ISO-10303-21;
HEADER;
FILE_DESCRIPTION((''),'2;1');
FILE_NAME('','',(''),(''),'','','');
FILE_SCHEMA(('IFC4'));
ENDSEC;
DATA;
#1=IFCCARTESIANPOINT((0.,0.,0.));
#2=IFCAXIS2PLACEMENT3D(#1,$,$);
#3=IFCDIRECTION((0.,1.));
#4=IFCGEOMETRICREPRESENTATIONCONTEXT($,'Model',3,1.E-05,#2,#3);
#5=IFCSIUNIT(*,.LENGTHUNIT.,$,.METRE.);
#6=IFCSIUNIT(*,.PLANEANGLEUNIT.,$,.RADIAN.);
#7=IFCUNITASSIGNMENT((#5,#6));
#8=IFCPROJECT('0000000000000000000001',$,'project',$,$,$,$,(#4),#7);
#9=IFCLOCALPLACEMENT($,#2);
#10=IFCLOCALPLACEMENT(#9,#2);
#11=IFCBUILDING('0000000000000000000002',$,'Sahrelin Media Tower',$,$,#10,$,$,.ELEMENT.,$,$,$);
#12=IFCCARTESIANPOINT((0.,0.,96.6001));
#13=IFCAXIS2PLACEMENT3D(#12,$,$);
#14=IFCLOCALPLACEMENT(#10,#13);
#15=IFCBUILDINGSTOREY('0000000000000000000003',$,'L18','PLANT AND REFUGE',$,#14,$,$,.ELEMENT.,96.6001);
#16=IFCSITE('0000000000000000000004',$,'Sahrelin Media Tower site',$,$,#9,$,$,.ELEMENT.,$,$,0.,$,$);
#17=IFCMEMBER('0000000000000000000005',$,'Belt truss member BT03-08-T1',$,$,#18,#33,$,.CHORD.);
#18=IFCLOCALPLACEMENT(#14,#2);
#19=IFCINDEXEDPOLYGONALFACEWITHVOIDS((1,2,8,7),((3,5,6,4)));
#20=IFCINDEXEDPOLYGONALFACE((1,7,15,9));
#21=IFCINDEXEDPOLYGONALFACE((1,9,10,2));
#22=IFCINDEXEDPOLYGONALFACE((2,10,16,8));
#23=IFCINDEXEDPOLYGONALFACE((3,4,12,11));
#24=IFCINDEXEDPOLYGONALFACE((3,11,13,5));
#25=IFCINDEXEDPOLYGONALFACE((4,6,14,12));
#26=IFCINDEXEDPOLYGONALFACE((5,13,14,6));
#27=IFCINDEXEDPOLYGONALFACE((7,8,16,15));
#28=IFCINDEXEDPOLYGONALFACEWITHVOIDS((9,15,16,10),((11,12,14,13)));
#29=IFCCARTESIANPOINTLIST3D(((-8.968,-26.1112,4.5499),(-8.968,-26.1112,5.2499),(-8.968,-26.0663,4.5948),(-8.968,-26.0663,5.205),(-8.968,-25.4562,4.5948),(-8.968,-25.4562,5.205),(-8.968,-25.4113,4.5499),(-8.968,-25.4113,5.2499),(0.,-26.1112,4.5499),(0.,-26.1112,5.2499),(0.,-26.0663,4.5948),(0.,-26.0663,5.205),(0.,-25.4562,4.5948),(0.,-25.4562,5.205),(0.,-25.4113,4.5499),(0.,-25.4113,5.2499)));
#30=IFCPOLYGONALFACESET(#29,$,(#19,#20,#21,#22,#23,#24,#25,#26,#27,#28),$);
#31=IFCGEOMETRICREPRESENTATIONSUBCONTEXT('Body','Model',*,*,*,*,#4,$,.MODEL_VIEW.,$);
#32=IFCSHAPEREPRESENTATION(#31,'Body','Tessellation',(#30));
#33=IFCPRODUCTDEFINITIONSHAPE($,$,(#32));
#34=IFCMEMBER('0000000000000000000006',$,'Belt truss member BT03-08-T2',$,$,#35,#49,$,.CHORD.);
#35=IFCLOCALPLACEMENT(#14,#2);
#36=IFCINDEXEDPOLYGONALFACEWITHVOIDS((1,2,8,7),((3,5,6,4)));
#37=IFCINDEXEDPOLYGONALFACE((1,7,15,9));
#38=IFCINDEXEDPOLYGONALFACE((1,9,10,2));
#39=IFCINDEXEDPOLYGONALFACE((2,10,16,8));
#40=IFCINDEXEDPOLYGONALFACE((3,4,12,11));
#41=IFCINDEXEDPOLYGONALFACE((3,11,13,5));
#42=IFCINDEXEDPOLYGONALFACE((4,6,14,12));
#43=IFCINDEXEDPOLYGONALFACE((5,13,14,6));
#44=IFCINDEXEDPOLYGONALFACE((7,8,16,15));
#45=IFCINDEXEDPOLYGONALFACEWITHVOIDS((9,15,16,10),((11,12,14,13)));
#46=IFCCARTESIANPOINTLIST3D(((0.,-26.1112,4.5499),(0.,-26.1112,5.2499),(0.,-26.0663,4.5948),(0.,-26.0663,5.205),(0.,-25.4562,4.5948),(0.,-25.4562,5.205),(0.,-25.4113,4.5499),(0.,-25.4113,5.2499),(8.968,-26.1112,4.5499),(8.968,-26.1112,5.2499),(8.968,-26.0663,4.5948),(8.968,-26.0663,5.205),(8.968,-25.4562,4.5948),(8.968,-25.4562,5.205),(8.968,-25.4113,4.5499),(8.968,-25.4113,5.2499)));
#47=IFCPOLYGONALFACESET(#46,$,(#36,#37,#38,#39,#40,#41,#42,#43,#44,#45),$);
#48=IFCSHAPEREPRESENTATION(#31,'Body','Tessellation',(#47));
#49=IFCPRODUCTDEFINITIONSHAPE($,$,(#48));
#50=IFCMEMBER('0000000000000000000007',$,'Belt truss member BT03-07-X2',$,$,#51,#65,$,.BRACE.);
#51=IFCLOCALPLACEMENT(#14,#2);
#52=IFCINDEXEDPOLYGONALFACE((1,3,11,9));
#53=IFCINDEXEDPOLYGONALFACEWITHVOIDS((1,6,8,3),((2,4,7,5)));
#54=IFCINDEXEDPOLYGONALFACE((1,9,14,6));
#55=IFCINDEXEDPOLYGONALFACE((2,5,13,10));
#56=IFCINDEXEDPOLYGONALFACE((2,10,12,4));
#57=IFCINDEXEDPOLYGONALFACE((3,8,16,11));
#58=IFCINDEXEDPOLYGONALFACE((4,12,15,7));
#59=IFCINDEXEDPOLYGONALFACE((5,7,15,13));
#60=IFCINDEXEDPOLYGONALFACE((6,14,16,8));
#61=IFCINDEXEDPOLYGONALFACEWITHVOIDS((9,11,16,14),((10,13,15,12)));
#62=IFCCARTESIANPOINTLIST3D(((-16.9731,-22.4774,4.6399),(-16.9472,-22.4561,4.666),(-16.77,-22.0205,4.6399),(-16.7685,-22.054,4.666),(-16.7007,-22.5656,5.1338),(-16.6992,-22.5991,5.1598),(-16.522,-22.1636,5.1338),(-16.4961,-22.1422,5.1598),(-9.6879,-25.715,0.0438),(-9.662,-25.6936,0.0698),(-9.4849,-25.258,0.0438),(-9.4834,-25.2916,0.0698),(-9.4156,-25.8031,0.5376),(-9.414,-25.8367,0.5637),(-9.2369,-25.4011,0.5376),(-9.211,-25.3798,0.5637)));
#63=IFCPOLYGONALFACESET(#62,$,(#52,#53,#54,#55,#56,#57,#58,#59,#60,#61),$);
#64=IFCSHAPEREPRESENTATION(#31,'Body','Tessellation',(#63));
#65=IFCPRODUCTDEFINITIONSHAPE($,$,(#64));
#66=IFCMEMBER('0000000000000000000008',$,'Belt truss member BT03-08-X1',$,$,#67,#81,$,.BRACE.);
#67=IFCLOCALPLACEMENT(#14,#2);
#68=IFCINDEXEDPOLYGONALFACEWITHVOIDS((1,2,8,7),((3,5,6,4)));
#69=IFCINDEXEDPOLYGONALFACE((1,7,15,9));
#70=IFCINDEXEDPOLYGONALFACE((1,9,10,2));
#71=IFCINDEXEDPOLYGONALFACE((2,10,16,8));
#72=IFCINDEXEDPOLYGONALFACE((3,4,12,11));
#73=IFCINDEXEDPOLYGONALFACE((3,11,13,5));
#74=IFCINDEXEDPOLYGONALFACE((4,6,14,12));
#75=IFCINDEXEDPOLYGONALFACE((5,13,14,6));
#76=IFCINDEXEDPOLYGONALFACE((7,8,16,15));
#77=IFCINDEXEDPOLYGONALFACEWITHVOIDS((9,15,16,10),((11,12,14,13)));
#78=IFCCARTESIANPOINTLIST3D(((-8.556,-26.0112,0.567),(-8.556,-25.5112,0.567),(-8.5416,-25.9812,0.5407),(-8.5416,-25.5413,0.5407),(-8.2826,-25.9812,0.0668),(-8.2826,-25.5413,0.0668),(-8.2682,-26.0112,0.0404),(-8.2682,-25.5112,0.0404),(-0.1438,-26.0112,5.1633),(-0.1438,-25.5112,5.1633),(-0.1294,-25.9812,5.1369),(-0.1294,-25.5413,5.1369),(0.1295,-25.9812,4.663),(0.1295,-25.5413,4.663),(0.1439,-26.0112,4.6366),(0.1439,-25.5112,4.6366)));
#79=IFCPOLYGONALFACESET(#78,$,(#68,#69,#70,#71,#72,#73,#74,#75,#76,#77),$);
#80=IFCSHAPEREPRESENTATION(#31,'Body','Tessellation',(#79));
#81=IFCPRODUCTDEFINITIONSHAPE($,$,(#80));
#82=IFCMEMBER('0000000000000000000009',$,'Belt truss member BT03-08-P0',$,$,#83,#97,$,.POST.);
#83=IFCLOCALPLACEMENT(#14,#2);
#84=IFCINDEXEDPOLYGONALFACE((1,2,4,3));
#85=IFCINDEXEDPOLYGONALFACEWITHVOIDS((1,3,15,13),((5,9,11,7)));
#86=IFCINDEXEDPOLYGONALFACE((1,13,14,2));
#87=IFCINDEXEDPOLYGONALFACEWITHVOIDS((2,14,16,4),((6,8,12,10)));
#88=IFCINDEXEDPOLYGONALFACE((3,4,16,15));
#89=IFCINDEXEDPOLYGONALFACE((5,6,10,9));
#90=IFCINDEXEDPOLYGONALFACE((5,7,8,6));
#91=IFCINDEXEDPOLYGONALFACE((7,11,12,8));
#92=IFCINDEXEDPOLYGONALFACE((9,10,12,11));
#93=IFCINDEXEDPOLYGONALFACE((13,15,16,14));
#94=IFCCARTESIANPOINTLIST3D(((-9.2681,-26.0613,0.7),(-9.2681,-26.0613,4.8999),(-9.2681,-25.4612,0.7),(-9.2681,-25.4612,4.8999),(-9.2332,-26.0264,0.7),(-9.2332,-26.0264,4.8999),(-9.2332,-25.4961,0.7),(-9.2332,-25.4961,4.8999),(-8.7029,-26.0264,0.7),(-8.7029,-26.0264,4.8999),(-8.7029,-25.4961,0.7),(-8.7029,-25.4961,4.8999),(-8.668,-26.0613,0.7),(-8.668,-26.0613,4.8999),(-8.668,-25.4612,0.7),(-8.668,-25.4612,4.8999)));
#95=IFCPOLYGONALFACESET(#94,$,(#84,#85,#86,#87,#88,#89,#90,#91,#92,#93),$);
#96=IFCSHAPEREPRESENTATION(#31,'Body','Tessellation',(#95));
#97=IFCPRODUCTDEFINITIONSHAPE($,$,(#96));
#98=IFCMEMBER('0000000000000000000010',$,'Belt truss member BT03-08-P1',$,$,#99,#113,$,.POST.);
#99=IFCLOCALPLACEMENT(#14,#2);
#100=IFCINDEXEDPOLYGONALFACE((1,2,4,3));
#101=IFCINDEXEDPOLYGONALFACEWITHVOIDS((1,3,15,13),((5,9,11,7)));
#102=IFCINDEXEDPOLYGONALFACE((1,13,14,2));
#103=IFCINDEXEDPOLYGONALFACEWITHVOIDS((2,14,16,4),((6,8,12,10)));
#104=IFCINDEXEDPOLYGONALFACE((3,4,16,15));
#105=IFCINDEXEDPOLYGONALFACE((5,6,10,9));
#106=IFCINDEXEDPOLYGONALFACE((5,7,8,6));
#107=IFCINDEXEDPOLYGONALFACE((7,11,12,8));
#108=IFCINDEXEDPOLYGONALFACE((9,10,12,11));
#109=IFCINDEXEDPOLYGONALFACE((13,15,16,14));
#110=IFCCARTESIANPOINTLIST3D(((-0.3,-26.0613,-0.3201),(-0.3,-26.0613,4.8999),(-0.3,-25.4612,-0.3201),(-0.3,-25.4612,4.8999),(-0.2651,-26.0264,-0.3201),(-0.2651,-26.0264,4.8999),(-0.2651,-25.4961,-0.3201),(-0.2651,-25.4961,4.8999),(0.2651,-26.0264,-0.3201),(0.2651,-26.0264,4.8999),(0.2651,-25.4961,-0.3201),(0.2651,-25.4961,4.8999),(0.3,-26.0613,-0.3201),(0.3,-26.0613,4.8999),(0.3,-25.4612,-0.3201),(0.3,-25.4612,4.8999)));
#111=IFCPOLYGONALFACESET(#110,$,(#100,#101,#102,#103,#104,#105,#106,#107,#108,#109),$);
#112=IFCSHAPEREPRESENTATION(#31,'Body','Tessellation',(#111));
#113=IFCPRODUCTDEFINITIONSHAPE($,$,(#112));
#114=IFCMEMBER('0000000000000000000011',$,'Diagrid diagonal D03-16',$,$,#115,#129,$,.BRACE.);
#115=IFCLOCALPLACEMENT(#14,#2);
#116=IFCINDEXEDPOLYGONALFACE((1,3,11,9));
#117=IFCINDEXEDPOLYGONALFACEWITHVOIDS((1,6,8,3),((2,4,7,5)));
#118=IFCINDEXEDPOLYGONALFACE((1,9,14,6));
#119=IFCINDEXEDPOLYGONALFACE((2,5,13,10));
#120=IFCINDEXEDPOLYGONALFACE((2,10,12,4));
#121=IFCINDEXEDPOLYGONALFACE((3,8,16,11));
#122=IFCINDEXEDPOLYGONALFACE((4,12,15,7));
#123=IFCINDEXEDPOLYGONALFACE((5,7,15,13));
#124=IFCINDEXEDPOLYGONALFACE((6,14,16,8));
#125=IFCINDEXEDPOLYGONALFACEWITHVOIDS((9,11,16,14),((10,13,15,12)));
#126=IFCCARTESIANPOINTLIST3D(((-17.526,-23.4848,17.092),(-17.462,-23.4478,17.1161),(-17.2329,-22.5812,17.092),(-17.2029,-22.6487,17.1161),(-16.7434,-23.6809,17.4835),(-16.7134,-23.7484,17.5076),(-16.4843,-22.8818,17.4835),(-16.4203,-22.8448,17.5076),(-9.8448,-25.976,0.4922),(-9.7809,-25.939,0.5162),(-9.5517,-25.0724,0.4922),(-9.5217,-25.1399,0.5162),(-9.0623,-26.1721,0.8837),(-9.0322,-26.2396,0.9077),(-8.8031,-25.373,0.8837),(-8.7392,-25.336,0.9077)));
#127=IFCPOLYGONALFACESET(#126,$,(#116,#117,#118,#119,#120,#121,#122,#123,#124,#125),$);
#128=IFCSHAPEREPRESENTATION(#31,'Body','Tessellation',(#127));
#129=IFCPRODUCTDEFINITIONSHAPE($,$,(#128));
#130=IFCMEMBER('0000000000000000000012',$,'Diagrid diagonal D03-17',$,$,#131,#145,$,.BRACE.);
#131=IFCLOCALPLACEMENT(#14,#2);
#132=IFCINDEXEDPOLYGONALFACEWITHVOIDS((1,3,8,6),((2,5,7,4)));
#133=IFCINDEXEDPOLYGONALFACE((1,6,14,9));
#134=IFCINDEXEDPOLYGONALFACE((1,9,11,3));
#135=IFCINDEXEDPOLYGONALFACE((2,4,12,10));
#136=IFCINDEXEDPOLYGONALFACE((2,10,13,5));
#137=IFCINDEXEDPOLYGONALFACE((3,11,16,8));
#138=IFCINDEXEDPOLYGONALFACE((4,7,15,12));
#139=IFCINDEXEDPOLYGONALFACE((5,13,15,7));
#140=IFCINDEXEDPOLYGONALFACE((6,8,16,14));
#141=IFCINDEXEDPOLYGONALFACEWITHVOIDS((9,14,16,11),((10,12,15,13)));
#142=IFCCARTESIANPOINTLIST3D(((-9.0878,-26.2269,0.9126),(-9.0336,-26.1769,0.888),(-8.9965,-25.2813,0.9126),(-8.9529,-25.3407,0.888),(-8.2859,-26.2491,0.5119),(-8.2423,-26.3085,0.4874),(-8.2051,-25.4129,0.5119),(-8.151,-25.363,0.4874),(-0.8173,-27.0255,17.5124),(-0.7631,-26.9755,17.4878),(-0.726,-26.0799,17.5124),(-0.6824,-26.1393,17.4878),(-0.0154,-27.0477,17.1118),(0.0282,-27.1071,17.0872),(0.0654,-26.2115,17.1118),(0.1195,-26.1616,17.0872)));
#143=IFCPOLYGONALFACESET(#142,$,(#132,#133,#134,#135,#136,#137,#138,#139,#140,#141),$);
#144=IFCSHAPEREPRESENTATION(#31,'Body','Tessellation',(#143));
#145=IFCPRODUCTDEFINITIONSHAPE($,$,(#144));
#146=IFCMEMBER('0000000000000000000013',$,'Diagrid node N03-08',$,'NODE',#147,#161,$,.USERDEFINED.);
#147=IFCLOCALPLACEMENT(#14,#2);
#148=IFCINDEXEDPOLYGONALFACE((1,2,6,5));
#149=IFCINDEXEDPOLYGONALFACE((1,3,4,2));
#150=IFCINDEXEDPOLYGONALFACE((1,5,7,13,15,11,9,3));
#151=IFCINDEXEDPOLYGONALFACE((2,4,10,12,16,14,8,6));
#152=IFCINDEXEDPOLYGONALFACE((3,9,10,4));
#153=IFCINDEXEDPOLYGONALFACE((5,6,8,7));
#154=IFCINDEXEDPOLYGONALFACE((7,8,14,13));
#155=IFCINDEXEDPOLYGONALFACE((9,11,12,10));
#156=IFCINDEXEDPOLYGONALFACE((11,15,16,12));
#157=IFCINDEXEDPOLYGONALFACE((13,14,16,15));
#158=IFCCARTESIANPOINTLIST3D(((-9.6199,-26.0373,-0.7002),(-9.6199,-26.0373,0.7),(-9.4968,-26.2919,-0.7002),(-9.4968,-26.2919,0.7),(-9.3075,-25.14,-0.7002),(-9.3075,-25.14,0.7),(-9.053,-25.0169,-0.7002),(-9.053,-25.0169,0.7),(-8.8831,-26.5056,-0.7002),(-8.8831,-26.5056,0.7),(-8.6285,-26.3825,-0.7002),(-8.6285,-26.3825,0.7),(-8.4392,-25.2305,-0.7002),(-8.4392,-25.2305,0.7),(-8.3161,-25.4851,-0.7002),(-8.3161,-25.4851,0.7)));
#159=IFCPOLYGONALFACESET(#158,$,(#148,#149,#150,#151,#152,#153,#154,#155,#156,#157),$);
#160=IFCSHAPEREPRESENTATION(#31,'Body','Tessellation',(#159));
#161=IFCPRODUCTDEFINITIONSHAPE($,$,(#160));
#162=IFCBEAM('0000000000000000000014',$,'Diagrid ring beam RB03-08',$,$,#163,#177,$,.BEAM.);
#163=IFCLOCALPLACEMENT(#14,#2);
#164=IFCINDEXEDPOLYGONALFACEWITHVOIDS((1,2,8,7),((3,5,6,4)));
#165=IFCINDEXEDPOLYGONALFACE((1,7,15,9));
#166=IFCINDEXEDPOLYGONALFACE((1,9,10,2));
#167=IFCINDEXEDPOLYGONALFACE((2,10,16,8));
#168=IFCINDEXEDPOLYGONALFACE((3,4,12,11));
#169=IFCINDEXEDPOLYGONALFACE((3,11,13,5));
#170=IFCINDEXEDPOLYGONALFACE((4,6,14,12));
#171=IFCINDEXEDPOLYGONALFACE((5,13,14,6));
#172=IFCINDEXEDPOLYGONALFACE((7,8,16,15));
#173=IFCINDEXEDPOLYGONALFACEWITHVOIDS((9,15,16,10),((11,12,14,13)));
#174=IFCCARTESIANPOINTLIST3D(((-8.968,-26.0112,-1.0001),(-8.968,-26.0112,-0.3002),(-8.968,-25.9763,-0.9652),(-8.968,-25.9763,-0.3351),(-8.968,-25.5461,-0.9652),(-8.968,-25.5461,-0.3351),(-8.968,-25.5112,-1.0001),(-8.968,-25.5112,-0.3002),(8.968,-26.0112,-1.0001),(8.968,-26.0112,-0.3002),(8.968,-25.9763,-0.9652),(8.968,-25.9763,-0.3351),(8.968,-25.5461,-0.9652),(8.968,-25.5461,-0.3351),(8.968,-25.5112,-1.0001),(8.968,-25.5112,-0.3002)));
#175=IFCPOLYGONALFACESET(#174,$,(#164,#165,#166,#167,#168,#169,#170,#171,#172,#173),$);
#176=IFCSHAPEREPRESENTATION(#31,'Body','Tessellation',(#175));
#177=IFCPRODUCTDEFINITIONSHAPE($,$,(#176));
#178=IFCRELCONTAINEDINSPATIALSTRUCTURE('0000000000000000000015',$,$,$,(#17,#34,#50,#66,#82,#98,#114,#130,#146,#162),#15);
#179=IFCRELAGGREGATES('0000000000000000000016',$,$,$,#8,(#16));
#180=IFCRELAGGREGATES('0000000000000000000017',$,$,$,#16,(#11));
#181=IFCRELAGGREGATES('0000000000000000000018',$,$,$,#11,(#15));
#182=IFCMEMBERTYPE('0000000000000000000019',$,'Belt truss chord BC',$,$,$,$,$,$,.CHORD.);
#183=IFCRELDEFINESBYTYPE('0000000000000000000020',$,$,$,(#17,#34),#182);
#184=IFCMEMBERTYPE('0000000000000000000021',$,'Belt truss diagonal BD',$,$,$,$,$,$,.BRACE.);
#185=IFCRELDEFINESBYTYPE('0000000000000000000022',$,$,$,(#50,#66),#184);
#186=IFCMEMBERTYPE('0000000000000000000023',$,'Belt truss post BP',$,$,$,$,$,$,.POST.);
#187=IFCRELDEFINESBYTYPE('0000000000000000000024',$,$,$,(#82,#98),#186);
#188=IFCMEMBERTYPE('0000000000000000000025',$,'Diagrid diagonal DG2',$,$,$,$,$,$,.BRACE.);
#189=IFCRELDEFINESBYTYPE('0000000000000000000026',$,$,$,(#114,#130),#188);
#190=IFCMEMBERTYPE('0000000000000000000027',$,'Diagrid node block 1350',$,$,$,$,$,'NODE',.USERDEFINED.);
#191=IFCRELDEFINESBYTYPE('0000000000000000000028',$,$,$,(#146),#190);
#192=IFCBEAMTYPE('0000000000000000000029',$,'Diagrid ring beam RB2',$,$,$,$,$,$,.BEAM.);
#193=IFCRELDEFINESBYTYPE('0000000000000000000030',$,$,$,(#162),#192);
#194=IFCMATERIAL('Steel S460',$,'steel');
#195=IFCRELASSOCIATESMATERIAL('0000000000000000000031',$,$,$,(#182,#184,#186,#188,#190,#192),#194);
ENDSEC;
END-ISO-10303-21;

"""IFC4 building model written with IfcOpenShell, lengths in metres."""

from ifc_helpers import new_model, si_unit, direction, frame, origin, origin_2d, place, context, subcontext, project, spatial, polyline, hollow_rectangle, outline, extrude, material, material_profile, profile_set, type_object, element, save


model = new_model("IFC4")

# Units and contexts
model_context = context("Model", 3, precision=1e-05, world=origin(), true_north=direction((0.0, 1.0)))
body_context = subcontext(model_context, "Body", "Model", "MODEL_VIEW")
ifc_project = project(units=[si_unit("LENGTHUNIT", "METRE"), si_unit("PLANEANGLEUNIT", "RADIAN")], contexts=[model_context])

# Site, building, storey
site_placement = place(None, origin())
site = spatial("IfcSite", under=ifc_project, at=site_placement, Name="Sahrelin Media Tower site", CompositionType="ELEMENT", RefElevation=0.0)
building_placement = place(site_placement, origin())
building = spatial("IfcBuilding", under=site, at=building_placement, Name="Sahrelin Media Tower", CompositionType="ELEMENT")
storey_placement = place(building_placement, frame((0.0, 0.0, 96.6001)))
storey = spatial("IfcBuildingStorey", under=building, at=storey_placement, Name="L18", Description="PLANT AND REFUGE", CompositionType="ELEMENT", Elevation=96.6001)

# Members
ifc_material_1 = material(Name="Steel S460", Category="steel")
ifc_material_profile_1 = material_profile(ifc_material_1, hollow_rectangle(XDim=0.7, YDim=0.7, WallThickness=0.0449, at=origin_2d()), Name="Belt truss chord BC")
ifc_profile_set_1 = profile_set([ifc_material_profile_1], Name="Steel S460")
member_type_1 = type_object("IfcMemberType", Name="Belt truss chord BC", PredefinedType="CHORD", material=ifc_profile_set_1)
for number, where, z_axis, x_axis, name in (
    (1, (-8.968, -25.7612, 4.8999), (1.0, 0.0, 0.0), (0.0, 1.0, 0.0), "Belt truss member BT03-08-T1"),
    (2, (0.0, -25.7612, 4.8999), (1.0, 0.0, 0.0), (0.0, 1.0, 0.0), "Belt truss member BT03-08-T2"),
):
    element("IfcMember", number, at=place(storey_placement, frame(where, z_axis=z_axis, x_axis=x_axis)), inside=storey, type_object=member_type_1, Name=name, PredefinedType="CHORD", context=body_context, shape_type="SweptSolid", body=[
        extrude(hollow_rectangle(XDim=0.7, YDim=0.7, WallThickness=0.0449, at=origin_2d()), origin(), (0.0, 0.0, 1.0), 8.968),
    ])
ifc_material_profile_2 = material_profile(ifc_material_1, hollow_rectangle(XDim=0.5, YDim=0.6001, WallThickness=0.03, at=origin_2d()), Name="Belt truss diagonal BD")
ifc_profile_set_2 = profile_set([ifc_material_profile_2], Name="Steel S460")
member_type_2 = type_object("IfcMemberType", Name="Belt truss diagonal BD", PredefinedType="BRACE", material=ifc_profile_set_2)
member_1_placement = place(storey_placement, frame((-9.4495, -25.5474, 0.3037), z_axis=(-0.791677, 0.351824, 0.499467), x_axis=(-0.406107, -0.913825, 0.0)))
element("IfcMember", 3, at=member_1_placement, inside=storey, type_object=member_type_2, Name="Belt truss member BT03-07-X2", PredefinedType="BRACE", context=body_context, shape_type="SweptSolid", body=[
    extrude(hollow_rectangle(XDim=0.5, YDim=0.6001, WallThickness=0.03, at=origin_2d()), origin(), (0.0, 0.0, 1.0), 9.2021),
])
member_2_placement = place(storey_placement, frame((-8.4121, -25.7612, 0.3037), z_axis=(0.877555, 0.0, 0.479477), x_axis=(0.0, 1.0, 0.0)))
element("IfcMember", 4, at=member_2_placement, inside=storey, type_object=member_type_2, Name="Belt truss member BT03-08-X1", PredefinedType="BRACE", context=body_context, shape_type="SweptSolid", body=[
    extrude(hollow_rectangle(XDim=0.5, YDim=0.6001, WallThickness=0.03, at=origin_2d()), origin(), (0.0, 0.0, 1.0), 9.5859),
])
ifc_material_profile_3 = material_profile(ifc_material_1, hollow_rectangle(XDim=0.6001, YDim=0.6001, WallThickness=0.0349, at=origin_2d()), Name="Belt truss post BP")
ifc_profile_set_3 = profile_set([ifc_material_profile_3], Name="Steel S460")
member_type_3 = type_object("IfcMemberType", Name="Belt truss post BP", PredefinedType="POST", material=ifc_profile_set_3)
member_3_placement = place(storey_placement, frame((-8.968, -25.7612, 0.7), z_axis=(0.0, 0.0, 1.0), x_axis=(1.0, 0.0, 0.0)))
element("IfcMember", 5, at=member_3_placement, inside=storey, type_object=member_type_3, Name="Belt truss member BT03-08-P0", PredefinedType="POST", context=body_context, shape_type="SweptSolid", body=[
    extrude(hollow_rectangle(XDim=0.6001, YDim=0.6001, WallThickness=0.0349, at=origin_2d()), origin(), (0.0, 0.0, 1.0), 4.2),
])
member_4_placement = place(storey_placement, frame((0.0, -25.7612, -0.3201), z_axis=(0.0, 0.0, 1.0), x_axis=(1.0, 0.0, 0.0)))
element("IfcMember", 6, at=member_4_placement, inside=storey, type_object=member_type_3, Name="Belt truss member BT03-08-P1", PredefinedType="POST", context=body_context, shape_type="SweptSolid", body=[
    extrude(hollow_rectangle(XDim=0.6001, YDim=0.6001, WallThickness=0.0349, at=origin_2d()), origin(), (0.0, 0.0, 1.0), 5.22),
])
ifc_material_profile_4 = material_profile(ifc_material_1, hollow_rectangle(XDim=0.95, YDim=0.95, WallThickness=0.0549, at=origin_2d()), Name="Diagrid diagonal DG2")
ifc_profile_set_4 = profile_set([ifc_material_profile_4], Name="Steel S460")
member_type_4 = type_object("IfcMemberType", Name="Diagrid diagonal DG2", PredefinedType="BRACE", material=ifc_profile_set_4)
member_5_placement = place(storey_placement, frame((-9.292, -25.656, 0.7), z_axis=(-0.416103, 0.134954, 0.899247), x_axis=(-0.308508, -0.951222, 0.0)))
element("IfcMember", 7, at=member_5_placement, inside=storey, type_object=member_type_4, Name="Diagrid diagonal D03-16", PredefinedType="BRACE", context=body_context, shape_type="SweptSolid", body=[
    extrude(hollow_rectangle(XDim=0.95, YDim=0.95, WallThickness=0.0549, at=origin_2d()), origin(), (0.0, 0.0, 1.0), 18.4597),
])
member_6_placement = place(storey_placement, frame((-8.6194, -25.7949, 0.7), z_axis=(0.445531, -0.04302, 0.894232), x_axis=(0.096111, 0.995371, 0.0)))
element("IfcMember", 8, at=member_6_placement, inside=storey, type_object=member_type_4, Name="Diagrid diagonal D03-17", PredefinedType="BRACE", context=body_context, shape_type="SweptSolid", body=[
    extrude(hollow_rectangle(XDim=0.95, YDim=0.95, WallThickness=0.0549, at=origin_2d()), origin(), (0.0, 0.0, 1.0), 18.5632),
])
ifc_material_profile_5 = material_profile(ifc_material_1, outline(polyline([(0.4751, -0.5249), (0.675, -0.325), (0.675, 0.325), (0.4751, 0.5249), (-0.4751, 0.5249), (-0.675, 0.325), (-0.675, -0.325), (-0.4751, -0.5249), (0.4751, -0.5249)])), Name="Diagrid node block 1350")
ifc_profile_set_5 = profile_set([ifc_material_profile_5], Name="Steel S460")
member_type_5 = type_object("IfcMemberType", Name="Diagrid node block 1350", ElementType="NODE", PredefinedType="USERDEFINED", material=ifc_profile_set_5)
member_7_placement = place(storey_placement, frame((-8.968, -25.7612, -0.7002), z_axis=(0.0, 0.0, 1.0), x_axis=(-0.328771, -0.94441, 0.0)))
element("IfcMember", 9, at=member_7_placement, inside=storey, type_object=member_type_5, Name="Diagrid node N03-08", ObjectType="NODE", PredefinedType="USERDEFINED", context=body_context, shape_type="SweptSolid", body=[
    extrude(outline(polyline([(0.4751, -0.5249), (0.675, -0.325), (0.675, 0.325), (0.4751, 0.5249), (-0.4751, 0.5249), (-0.675, 0.325), (-0.675, -0.325), (-0.4751, -0.5249), (0.4751, -0.5249)])), origin(), (0.0, 0.0, 1.0), 1.4001),
])

# Beam
ifc_material_profile_6 = material_profile(ifc_material_1, hollow_rectangle(XDim=0.5, YDim=0.7, WallThickness=0.0349, at=origin_2d()), Name="Diagrid ring beam RB2")
ifc_profile_set_6 = profile_set([ifc_material_profile_6], Name="Steel S460")
beam_type_1 = type_object("IfcBeamType", Name="Diagrid ring beam RB2", PredefinedType="BEAM", material=ifc_profile_set_6)
beam_1_placement = place(storey_placement, frame((-8.968, -25.7612, -0.6501), z_axis=(1.0, 0.0, 0.0), x_axis=(0.0, 1.0, 0.0)))
element("IfcBeam", 10, at=beam_1_placement, inside=storey, type_object=beam_type_1, Name="Diagrid ring beam RB03-08", PredefinedType="BEAM", context=body_context, shape_type="SweptSolid", body=[
    extrude(hollow_rectangle(XDim=0.5, YDim=0.7, WallThickness=0.0349, at=origin_2d()), origin(), (0.0, 0.0, 1.0), 17.936),
])

save(model, "model.ifc")
